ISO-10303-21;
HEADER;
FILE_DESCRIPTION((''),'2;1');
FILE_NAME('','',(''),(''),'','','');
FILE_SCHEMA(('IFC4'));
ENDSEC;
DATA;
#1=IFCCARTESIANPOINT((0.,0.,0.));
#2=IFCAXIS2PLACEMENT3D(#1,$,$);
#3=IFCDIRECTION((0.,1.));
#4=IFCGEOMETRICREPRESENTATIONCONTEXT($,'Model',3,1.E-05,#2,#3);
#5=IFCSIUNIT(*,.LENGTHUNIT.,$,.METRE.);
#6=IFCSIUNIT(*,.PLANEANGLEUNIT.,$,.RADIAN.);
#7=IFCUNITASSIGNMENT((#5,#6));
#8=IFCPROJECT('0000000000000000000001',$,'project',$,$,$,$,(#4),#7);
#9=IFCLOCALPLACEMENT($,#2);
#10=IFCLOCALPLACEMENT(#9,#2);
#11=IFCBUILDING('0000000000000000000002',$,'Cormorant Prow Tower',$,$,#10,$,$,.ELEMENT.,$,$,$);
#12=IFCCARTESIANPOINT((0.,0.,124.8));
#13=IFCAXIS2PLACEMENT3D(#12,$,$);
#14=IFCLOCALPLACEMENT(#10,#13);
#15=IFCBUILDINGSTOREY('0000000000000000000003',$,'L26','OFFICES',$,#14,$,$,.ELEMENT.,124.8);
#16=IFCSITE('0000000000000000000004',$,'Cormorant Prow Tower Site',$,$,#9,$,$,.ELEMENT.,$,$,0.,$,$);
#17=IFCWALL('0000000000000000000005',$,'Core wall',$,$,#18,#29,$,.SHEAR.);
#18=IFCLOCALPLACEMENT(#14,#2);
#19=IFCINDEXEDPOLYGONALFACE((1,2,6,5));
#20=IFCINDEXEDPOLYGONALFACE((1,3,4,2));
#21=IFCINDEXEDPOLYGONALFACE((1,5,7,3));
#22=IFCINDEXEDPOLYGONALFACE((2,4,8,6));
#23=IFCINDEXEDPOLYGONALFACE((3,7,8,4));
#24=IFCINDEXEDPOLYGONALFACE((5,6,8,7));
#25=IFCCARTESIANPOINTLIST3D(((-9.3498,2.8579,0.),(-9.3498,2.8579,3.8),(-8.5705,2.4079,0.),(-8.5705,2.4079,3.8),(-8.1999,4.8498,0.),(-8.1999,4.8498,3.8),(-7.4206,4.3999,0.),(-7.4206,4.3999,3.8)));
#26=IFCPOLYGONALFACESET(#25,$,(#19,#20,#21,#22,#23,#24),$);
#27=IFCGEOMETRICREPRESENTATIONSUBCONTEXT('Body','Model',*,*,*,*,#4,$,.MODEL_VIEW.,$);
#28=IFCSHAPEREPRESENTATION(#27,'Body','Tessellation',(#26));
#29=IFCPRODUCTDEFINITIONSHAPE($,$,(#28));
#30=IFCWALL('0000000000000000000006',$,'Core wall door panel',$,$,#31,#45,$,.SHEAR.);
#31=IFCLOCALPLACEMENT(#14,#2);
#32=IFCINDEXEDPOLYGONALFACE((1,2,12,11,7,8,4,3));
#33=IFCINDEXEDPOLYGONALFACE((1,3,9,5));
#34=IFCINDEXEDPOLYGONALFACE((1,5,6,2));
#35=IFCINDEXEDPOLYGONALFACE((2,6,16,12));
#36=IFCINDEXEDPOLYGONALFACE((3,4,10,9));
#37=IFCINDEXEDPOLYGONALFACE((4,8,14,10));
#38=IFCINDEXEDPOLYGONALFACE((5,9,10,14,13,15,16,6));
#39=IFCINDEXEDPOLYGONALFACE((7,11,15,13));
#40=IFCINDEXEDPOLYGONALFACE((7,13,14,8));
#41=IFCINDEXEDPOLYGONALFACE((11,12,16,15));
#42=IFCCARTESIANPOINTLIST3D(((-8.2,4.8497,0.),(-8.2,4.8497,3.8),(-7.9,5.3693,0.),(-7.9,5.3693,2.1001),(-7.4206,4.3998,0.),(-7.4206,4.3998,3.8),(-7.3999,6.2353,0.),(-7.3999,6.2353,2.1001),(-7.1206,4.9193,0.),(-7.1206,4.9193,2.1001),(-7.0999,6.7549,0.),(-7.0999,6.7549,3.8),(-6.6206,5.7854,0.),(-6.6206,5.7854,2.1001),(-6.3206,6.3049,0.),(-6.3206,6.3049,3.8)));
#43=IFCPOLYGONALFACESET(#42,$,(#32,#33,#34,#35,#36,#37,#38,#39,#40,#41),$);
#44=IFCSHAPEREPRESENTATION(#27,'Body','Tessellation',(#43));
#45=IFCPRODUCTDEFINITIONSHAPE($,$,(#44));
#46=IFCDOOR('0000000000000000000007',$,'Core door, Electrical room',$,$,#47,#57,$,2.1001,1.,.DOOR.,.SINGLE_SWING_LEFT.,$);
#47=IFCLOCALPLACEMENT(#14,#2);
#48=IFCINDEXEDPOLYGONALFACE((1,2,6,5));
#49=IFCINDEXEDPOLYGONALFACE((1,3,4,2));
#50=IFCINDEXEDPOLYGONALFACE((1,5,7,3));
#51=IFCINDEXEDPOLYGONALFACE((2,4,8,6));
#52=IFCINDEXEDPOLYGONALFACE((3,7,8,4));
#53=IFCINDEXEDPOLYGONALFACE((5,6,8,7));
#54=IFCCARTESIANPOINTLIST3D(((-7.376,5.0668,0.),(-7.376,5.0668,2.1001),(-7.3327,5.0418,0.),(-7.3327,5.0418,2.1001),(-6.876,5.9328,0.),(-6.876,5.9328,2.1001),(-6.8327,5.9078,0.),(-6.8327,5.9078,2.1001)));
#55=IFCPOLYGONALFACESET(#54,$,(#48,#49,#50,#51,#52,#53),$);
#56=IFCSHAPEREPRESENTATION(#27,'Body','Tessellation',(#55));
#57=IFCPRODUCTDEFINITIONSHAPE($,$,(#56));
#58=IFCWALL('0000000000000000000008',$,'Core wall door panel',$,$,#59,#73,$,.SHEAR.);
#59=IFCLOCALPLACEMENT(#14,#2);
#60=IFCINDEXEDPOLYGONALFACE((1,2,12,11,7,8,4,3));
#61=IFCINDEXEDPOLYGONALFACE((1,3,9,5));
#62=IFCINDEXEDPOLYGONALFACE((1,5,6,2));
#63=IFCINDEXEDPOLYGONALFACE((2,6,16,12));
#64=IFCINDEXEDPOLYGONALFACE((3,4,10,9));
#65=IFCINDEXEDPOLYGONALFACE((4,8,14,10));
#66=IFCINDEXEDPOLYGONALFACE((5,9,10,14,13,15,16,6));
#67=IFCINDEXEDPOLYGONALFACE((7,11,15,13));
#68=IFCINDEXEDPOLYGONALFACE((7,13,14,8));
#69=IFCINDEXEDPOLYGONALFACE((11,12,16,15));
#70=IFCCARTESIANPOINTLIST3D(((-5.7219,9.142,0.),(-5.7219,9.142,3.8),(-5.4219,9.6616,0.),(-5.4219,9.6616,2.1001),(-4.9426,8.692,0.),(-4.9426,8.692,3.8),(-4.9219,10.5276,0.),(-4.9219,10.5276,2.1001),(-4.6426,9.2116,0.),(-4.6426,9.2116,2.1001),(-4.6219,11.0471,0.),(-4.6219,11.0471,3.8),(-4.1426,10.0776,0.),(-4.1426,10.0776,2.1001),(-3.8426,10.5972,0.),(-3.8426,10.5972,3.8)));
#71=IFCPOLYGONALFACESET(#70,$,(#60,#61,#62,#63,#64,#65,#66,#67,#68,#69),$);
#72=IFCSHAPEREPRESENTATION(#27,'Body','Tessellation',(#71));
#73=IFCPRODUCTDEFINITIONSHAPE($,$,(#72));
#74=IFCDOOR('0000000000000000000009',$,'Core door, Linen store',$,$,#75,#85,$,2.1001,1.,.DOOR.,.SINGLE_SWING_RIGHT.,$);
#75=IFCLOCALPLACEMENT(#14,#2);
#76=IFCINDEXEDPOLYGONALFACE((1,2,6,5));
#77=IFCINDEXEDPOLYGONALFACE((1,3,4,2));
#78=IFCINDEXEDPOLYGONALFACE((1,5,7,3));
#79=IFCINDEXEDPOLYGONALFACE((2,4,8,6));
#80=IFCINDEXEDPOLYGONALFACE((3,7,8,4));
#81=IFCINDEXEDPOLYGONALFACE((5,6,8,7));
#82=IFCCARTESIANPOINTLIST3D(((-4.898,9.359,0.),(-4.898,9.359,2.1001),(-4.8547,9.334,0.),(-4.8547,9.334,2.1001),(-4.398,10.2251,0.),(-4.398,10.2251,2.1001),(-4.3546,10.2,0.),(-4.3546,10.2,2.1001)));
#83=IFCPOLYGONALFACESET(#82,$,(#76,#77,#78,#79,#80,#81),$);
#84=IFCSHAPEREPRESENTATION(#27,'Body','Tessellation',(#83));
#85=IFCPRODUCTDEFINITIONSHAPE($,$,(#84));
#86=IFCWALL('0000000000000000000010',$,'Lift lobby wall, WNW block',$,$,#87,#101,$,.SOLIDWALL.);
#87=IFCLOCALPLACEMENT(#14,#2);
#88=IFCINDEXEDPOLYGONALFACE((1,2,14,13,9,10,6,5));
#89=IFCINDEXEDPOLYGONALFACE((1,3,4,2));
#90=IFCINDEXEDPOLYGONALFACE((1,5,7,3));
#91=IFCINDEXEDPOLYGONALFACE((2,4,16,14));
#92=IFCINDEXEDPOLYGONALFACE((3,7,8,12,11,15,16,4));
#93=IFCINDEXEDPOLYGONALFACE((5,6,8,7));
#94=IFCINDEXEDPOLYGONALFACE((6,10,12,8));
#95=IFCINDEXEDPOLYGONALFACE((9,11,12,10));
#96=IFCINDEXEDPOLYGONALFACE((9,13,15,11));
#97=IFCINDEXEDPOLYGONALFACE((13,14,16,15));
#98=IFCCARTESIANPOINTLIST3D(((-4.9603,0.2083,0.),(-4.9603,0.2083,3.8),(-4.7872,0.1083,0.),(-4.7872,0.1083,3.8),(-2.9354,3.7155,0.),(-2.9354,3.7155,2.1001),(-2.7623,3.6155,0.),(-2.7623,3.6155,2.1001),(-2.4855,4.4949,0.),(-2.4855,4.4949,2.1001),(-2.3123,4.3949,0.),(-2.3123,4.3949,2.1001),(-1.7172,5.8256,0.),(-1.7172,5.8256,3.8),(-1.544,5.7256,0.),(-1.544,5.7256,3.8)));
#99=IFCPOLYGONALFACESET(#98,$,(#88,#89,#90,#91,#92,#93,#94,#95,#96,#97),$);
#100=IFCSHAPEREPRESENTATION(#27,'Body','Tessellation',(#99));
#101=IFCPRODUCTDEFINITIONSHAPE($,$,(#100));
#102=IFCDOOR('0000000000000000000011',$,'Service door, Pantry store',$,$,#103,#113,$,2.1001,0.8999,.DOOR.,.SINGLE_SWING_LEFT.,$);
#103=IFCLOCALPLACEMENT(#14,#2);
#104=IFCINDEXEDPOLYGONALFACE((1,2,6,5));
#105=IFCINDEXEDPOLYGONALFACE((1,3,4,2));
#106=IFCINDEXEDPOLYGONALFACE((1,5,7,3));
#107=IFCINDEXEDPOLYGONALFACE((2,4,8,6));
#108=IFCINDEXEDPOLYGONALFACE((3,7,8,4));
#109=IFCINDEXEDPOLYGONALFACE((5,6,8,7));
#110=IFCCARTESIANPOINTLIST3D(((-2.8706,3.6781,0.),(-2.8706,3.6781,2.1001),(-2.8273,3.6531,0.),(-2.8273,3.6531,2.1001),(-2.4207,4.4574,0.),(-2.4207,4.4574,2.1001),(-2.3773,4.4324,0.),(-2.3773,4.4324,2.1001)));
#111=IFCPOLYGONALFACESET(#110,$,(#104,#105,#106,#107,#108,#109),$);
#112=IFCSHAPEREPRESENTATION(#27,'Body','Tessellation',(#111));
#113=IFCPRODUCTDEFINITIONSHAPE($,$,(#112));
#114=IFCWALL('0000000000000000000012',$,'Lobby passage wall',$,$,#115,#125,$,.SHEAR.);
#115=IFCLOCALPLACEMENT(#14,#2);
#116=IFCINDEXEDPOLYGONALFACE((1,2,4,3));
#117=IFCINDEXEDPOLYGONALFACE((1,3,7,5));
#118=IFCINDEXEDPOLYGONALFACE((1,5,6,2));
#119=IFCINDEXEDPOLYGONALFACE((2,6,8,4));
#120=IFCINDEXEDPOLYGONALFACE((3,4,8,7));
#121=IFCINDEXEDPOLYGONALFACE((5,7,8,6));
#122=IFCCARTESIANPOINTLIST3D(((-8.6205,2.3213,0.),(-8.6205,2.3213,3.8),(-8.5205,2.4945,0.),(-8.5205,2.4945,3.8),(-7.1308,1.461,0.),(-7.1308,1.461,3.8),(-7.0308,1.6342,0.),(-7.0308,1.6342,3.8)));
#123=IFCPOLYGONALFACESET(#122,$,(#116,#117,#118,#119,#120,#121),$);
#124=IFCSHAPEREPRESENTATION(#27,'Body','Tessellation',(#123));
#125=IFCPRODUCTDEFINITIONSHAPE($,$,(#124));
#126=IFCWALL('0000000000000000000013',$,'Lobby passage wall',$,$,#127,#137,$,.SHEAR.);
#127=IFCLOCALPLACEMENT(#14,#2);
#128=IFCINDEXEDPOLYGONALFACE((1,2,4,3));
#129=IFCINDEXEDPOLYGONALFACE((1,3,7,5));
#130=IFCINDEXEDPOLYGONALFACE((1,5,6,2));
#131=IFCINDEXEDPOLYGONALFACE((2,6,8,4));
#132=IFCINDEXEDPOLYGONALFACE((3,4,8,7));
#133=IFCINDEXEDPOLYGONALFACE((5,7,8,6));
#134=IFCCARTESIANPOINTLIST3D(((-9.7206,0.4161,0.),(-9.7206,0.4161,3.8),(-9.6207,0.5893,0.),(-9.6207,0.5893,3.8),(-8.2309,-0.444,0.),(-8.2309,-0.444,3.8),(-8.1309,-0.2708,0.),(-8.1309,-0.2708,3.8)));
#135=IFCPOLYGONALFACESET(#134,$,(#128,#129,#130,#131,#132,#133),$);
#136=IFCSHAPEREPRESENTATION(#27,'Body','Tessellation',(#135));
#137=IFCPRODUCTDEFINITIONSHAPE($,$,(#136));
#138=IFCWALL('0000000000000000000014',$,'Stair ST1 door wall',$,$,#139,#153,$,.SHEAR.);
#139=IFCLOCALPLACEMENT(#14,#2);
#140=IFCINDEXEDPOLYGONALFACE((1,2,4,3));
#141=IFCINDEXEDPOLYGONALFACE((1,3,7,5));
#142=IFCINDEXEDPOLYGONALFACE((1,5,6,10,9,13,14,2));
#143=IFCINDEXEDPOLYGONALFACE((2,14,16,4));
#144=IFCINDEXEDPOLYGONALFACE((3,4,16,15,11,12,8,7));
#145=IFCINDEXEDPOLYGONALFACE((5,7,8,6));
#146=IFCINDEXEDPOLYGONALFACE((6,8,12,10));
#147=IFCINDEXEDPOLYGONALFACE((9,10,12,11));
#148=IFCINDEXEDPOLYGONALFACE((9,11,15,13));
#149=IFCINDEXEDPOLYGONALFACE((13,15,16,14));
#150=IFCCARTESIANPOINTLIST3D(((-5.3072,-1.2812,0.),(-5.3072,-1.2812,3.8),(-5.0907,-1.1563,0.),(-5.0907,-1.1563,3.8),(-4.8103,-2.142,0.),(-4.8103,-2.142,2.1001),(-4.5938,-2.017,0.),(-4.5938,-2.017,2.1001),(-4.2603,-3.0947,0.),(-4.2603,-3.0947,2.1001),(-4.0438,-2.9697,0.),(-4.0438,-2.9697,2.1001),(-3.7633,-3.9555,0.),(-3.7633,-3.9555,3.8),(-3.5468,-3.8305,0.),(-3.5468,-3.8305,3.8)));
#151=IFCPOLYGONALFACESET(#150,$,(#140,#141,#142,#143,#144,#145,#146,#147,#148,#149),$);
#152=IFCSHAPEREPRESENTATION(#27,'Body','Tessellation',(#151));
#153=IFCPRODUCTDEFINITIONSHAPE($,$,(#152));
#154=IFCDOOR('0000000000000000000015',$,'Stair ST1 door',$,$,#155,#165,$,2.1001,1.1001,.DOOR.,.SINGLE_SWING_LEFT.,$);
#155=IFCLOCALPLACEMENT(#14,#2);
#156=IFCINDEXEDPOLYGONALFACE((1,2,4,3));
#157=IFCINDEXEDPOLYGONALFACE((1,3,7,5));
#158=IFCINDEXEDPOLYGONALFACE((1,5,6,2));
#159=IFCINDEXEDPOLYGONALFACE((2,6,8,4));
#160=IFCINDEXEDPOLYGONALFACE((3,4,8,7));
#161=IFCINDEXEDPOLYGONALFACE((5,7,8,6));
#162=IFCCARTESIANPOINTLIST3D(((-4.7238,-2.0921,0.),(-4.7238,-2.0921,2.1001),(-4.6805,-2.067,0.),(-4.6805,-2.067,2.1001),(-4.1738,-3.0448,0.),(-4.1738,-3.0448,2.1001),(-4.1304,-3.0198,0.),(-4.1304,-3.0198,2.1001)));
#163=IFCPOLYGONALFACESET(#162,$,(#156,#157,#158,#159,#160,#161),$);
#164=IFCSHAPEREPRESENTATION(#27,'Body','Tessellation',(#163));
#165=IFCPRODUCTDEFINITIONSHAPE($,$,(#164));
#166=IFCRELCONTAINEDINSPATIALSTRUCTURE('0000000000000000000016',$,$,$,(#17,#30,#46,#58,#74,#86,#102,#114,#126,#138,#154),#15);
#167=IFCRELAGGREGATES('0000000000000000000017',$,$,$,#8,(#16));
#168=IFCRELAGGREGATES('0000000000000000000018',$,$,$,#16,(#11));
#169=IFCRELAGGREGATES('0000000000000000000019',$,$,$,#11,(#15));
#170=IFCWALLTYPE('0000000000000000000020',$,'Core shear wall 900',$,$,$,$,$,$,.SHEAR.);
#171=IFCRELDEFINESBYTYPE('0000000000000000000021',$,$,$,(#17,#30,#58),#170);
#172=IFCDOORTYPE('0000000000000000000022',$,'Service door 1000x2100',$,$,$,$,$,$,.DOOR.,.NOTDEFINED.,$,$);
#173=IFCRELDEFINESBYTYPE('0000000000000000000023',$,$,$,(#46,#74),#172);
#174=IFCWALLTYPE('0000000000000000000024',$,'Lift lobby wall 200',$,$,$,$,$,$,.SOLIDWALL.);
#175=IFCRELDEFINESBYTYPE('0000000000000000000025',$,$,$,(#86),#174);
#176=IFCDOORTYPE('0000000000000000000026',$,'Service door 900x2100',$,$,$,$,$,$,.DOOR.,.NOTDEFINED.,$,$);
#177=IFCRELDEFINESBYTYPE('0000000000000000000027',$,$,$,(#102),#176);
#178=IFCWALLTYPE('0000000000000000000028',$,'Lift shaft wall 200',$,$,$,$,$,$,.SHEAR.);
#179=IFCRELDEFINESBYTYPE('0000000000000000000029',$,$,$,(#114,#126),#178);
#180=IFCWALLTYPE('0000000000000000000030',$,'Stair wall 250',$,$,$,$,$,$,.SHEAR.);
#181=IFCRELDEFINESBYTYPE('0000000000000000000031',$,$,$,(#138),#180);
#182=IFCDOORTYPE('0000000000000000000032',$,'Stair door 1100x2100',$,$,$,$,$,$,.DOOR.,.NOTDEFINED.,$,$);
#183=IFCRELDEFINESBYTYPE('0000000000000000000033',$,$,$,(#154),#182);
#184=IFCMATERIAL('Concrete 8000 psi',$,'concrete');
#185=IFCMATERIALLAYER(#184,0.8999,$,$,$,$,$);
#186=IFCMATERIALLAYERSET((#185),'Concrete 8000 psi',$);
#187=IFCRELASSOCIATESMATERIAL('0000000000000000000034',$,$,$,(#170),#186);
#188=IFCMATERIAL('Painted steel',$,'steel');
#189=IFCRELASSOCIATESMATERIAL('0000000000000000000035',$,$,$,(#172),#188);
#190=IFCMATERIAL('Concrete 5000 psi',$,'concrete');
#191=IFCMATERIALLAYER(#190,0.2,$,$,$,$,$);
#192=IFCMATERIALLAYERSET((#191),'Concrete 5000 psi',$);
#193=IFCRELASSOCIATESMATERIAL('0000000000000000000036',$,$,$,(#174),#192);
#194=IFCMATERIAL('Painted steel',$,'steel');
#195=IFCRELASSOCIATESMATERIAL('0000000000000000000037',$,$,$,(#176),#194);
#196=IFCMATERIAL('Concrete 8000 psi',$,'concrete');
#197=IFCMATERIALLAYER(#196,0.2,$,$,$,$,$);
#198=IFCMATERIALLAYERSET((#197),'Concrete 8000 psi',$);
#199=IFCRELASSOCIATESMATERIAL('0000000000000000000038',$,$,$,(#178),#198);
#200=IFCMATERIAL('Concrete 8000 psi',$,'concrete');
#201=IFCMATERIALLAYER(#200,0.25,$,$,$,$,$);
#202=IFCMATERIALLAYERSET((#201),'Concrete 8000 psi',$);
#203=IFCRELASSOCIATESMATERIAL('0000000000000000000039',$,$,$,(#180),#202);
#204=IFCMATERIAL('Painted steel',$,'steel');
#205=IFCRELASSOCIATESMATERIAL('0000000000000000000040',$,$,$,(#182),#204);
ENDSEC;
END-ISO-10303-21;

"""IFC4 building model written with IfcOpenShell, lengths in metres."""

from ifc_helpers import new_model, si_unit, direction, frame, frame_2d, origin, place, context, subcontext, project, spatial, rectangle, extrude, material, layer, layer_set, type_object, element, fill, save


model = new_model("IFC4")

# Units and contexts
model_context = context("Model", 3, precision=1e-05, world=origin(), true_north=direction((0.0, 1.0)))
body_context = subcontext(model_context, "Body", "Model", "MODEL_VIEW")
ifc_project = project(units=[si_unit("LENGTHUNIT", "METRE"), si_unit("PLANEANGLEUNIT", "RADIAN")], contexts=[model_context])

# Site, building, storey
site_placement = place(None, origin())
site = spatial("IfcSite", under=ifc_project, at=site_placement, Name="Cormorant Prow Tower Site", CompositionType="ELEMENT", RefElevation=0.0)
building_placement = place(site_placement, origin())
building = spatial("IfcBuilding", under=site, at=building_placement, Name="Cormorant Prow Tower", CompositionType="ELEMENT")
storey_placement = place(building_placement, frame((0.0, 0.0, 124.8)))
storey = spatial("IfcBuildingStorey", under=building, at=storey_placement, Name="L26", Description="OFFICES", CompositionType="ELEMENT", Elevation=124.8)

# Wall
ifc_material_1 = material(Name="Concrete 8000 psi", Category="concrete")
ifc_layer_1 = layer(ifc_material_1, 0.8999)
ifc_layer_set_1 = layer_set([ifc_layer_1], Name="Concrete 8000 psi")
wall_type_1 = type_object("IfcWallType", Name="Core shear wall 900", PredefinedType="SHEAR", material=ifc_layer_set_1)
wall_1_placement = place(storey_placement, frame((-7.8103, 4.6248, 0.0), z_axis=(0.0, 0.0, 1.0), x_axis=(-0.499952, -0.866053, 0.0)))
element("IfcWall", 1, at=wall_1_placement, inside=storey, type_object=wall_type_1, Name="Core wall", PredefinedType="SHEAR", context=body_context, shape_type="SweptSolid", body=[
    extrude(rectangle(XDim=2.3, YDim=0.8999, at=frame_2d((1.1499, 0.0))), origin(), (0.0, 0.0, 1.0), 3.8),
])

# Walls, openings, doors
wall_2_placement = place(storey_placement, frame((-6.7102, 6.53, 0.0), z_axis=(0.0, 0.0, 1.0), x_axis=(-0.50003, -0.866008, 0.0)))
wall_2 = element("IfcWall", 2, at=wall_2_placement, inside=storey, type_object=wall_type_1, Name="Core wall door panel", PredefinedType="SHEAR", context=body_context, shape_type="SweptSolid", body=[
    extrude(rectangle(XDim=2.2, YDim=0.8999, at=frame_2d((1.1001, 0.0))), origin(), (0.0, 0.0, 1.0), 3.8),
])
opening_1_placement = place(wall_2_placement, frame((0.6001, 0.0, 0.0)))
opening_1 = element("IfcOpeningElement", 3, at=opening_1_placement, cuts=wall_2, PredefinedType="OPENING", context=body_context, shape_type="SweptSolid", body=[
    extrude(rectangle(XDim=1.0, YDim=2.1001, at=frame_2d((0.5, 1.05))), frame((0.0, 0.46, 0.0), z_axis=(0.0, -1.0, 0.0), x_axis=(1.0, 0.0, 0.0)), (0.0, 0.0, 1.0), 0.9199),
])
ifc_material_2 = material(Name="Painted steel", Category="steel")
door_type_1 = type_object("IfcDoorType", Name="Service door 1000x2100", OperationType="NOTDEFINED", PredefinedType="DOOR", material=ifc_material_2)
door_1_placement = place(opening_1_placement, origin())
door_1 = element("IfcDoor", 4, at=door_1_placement, inside=storey, type_object=door_type_1, Name="Core door, Electrical room", OperationType="SINGLE_SWING_LEFT", OverallHeight=2.1001, OverallWidth=1.0, PredefinedType="DOOR", context=body_context, shape_type="SweptSolid", body=[
    extrude(rectangle(XDim=1.0, YDim=2.1001, at=frame_2d((0.5, 1.05))), frame((0.0, 0.2051, 0.0), z_axis=(0.0, -1.0, 0.0), x_axis=(1.0, 0.0, 0.0)), (0.0, 0.0, 1.0), 0.05),
])
fill(opening_1, door_1)
wall_3_placement = place(storey_placement, frame((-4.2322, 10.8223, 0.0), z_axis=(0.0, 0.0, 1.0), x_axis=(-0.50003, -0.866008, 0.0)))
wall_3 = element("IfcWall", 5, at=wall_3_placement, inside=storey, type_object=wall_type_1, Name="Core wall door panel", PredefinedType="SHEAR", context=body_context, shape_type="SweptSolid", body=[
    extrude(rectangle(XDim=2.2, YDim=0.8999, at=frame_2d((1.1001, 0.0))), origin(), (0.0, 0.0, 1.0), 3.8),
])
opening_2_placement = place(wall_3_placement, frame((0.6001, 0.0, 0.0)))
opening_2 = element("IfcOpeningElement", 6, at=opening_2_placement, cuts=wall_3, PredefinedType="OPENING", context=body_context, shape_type="SweptSolid", body=[
    extrude(rectangle(XDim=1.0, YDim=2.1001, at=frame_2d((0.5, 1.05))), frame((0.0, 0.46, 0.0), z_axis=(0.0, -1.0, 0.0), x_axis=(1.0, 0.0, 0.0)), (0.0, 0.0, 1.0), 0.9199),
])
door_2_placement = place(opening_2_placement, origin())
door_2 = element("IfcDoor", 7, at=door_2_placement, inside=storey, type_object=door_type_1, Name="Core door, Linen store", OperationType="SINGLE_SWING_RIGHT", OverallHeight=2.1001, OverallWidth=1.0, PredefinedType="DOOR", context=body_context, shape_type="SweptSolid", body=[
    extrude(rectangle(XDim=1.0, YDim=2.1001, at=frame_2d((0.5, 1.05))), frame((0.0, 0.2051, 0.0), z_axis=(0.0, -1.0, 0.0), x_axis=(1.0, 0.0, 0.0)), (0.0, 0.0, 1.0), 0.05),
])
fill(opening_2, door_2)
ifc_material_3 = material(Name="Concrete 5000 psi", Category="concrete")
ifc_layer_2 = layer(ifc_material_3, 0.2)
ifc_layer_set_2 = layer_set([ifc_layer_2], Name="Concrete 5000 psi")
wall_type_2 = type_object("IfcWallType", Name="Lift lobby wall 200", PredefinedType="SOLIDWALL", material=ifc_layer_set_2)
wall_4_placement = place(storey_placement, frame((-1.6306, 5.7756, 0.0), z_axis=(0.0, 0.0, 1.0), x_axis=(-0.499993, -0.86603, 0.0)))
wall_4 = element("IfcWall", 8, at=wall_4_placement, inside=storey, type_object=wall_type_2, Name="Lift lobby wall, WNW block", PredefinedType="SOLIDWALL", context=body_context, shape_type="SweptSolid", body=[
    extrude(rectangle(XDim=6.4863, YDim=0.2, at=frame_2d((3.2432, 0.0))), origin(), (0.0, 0.0, 1.0), 3.8),
])
opening_3_placement = place(wall_4_placement, frame((1.5366, 0.0, 0.0)))
opening_3 = element("IfcOpeningElement", 9, at=opening_3_placement, cuts=wall_4, PredefinedType="OPENING", context=body_context, shape_type="SweptSolid", body=[
    extrude(rectangle(XDim=0.8999, YDim=2.1001, at=frame_2d((0.45, 1.05))), frame((0.0, 0.1099, 0.0), z_axis=(0.0, -1.0, 0.0), x_axis=(1.0, 0.0, 0.0)), (0.0, 0.0, 1.0), 0.22),
])
ifc_material_4 = material(Name="Painted steel", Category="steel")
door_type_2 = type_object("IfcDoorType", Name="Service door 900x2100", OperationType="NOTDEFINED", PredefinedType="DOOR", material=ifc_material_4)
door_3_placement = place(opening_3_placement, origin())
door_3 = element("IfcDoor", 10, at=door_3_placement, inside=storey, type_object=door_type_2, Name="Service door, Pantry store", OperationType="SINGLE_SWING_LEFT", OverallHeight=2.1001, OverallWidth=0.8999, PredefinedType="DOOR", context=body_context, shape_type="SweptSolid", body=[
    extrude(rectangle(XDim=0.8999, YDim=2.1001, at=frame_2d((0.45, 1.05))), frame((0.0, 0.0249, 0.0), z_axis=(0.0, -1.0, 0.0), x_axis=(1.0, 0.0, 0.0)), (0.0, 0.0, 1.0), 0.05),
])
fill(opening_3, door_3)

# Walls
ifc_material_5 = material(Name="Concrete 8000 psi", Category="concrete")
ifc_layer_3 = layer(ifc_material_5, 0.2)
ifc_layer_set_3 = layer_set([ifc_layer_3], Name="Concrete 8000 psi")
wall_type_3 = type_object("IfcWallType", Name="Lift shaft wall 200", PredefinedType="SHEAR", material=ifc_layer_set_3)
for number, where, z_axis, x_axis, name in (
    (11, (-7.0808, 1.5476, 0.0), (0.0, 0.0, 1.0), (-0.865963, 0.500107, 0.0), "Lobby passage wall"),
    (12, (-8.1809, -0.3574, 0.0), (0.0, 0.0, 1.0), (-0.866025, 0.500001, 0.0), "Lobby passage wall"),
):
    element("IfcWall", number, at=place(storey_placement, frame(where, z_axis=z_axis, x_axis=x_axis)), inside=storey, type_object=wall_type_3, Name=name, PredefinedType="SHEAR", context=body_context, shape_type="SweptSolid", body=[
        extrude(rectangle(XDim=1.7202, YDim=0.2, at=frame_2d((0.8601, 0.0))), origin(), (0.0, 0.0, 1.0), 3.8),
    ])

# Wall, opening, door
ifc_material_6 = material(Name="Concrete 8000 psi", Category="concrete")
ifc_layer_4 = layer(ifc_material_6, 0.25)
ifc_layer_set_4 = layer_set([ifc_layer_4], Name="Concrete 8000 psi")
wall_type_4 = type_object("IfcWallType", Name="Stair wall 250", PredefinedType="SHEAR", material=ifc_layer_set_4)
wall_5_placement = place(storey_placement, frame((-5.199, -1.2188, 0.0), z_axis=(0.0, 0.0, 1.0), x_axis=(0.499983, -0.866035, 0.0)))
wall_5 = element("IfcWall", 13, at=wall_5_placement, inside=storey, type_object=wall_type_4, Name="Stair ST1 door wall", PredefinedType="SHEAR", context=body_context, shape_type="SweptSolid", body=[
    extrude(rectangle(XDim=3.0879, YDim=0.25, at=frame_2d((1.5439, 0.0))), origin(), (0.0, 0.0, 1.0), 3.8),
])
opening_4_placement = place(wall_5_placement, frame((0.9939, 0.0, 0.0)))
opening_4 = element("IfcOpeningElement", 14, at=opening_4_placement, cuts=wall_5, PredefinedType="OPENING", context=body_context, shape_type="SweptSolid", body=[
    extrude(rectangle(XDim=1.1001, YDim=2.1001, at=frame_2d((0.55, 1.05))), frame((0.0, 0.135, 0.0), z_axis=(0.0, -1.0, 0.0), x_axis=(1.0, 0.0, 0.0)), (0.0, 0.0, 1.0), 0.27),
])
ifc_material_7 = material(Name="Painted steel", Category="steel")
door_type_3 = type_object("IfcDoorType", Name="Stair door 1100x2100", OperationType="NOTDEFINED", PredefinedType="DOOR", material=ifc_material_7)
door_4_placement = place(opening_4_placement, origin())
door_4 = element("IfcDoor", 15, at=door_4_placement, inside=storey, type_object=door_type_3, Name="Stair ST1 door", OperationType="SINGLE_SWING_LEFT", OverallHeight=2.1001, OverallWidth=1.1001, PredefinedType="DOOR", context=body_context, shape_type="SweptSolid", body=[
    extrude(rectangle(XDim=1.1001, YDim=2.1001, at=frame_2d((0.55, 1.05))), frame((0.0, 0.0249, 0.0), z_axis=(0.0, -1.0, 0.0), x_axis=(1.0, 0.0, 0.0)), (0.0, 0.0, 1.0), 0.05),
])
fill(opening_4, door_4)

save(model, "model.ifc")
